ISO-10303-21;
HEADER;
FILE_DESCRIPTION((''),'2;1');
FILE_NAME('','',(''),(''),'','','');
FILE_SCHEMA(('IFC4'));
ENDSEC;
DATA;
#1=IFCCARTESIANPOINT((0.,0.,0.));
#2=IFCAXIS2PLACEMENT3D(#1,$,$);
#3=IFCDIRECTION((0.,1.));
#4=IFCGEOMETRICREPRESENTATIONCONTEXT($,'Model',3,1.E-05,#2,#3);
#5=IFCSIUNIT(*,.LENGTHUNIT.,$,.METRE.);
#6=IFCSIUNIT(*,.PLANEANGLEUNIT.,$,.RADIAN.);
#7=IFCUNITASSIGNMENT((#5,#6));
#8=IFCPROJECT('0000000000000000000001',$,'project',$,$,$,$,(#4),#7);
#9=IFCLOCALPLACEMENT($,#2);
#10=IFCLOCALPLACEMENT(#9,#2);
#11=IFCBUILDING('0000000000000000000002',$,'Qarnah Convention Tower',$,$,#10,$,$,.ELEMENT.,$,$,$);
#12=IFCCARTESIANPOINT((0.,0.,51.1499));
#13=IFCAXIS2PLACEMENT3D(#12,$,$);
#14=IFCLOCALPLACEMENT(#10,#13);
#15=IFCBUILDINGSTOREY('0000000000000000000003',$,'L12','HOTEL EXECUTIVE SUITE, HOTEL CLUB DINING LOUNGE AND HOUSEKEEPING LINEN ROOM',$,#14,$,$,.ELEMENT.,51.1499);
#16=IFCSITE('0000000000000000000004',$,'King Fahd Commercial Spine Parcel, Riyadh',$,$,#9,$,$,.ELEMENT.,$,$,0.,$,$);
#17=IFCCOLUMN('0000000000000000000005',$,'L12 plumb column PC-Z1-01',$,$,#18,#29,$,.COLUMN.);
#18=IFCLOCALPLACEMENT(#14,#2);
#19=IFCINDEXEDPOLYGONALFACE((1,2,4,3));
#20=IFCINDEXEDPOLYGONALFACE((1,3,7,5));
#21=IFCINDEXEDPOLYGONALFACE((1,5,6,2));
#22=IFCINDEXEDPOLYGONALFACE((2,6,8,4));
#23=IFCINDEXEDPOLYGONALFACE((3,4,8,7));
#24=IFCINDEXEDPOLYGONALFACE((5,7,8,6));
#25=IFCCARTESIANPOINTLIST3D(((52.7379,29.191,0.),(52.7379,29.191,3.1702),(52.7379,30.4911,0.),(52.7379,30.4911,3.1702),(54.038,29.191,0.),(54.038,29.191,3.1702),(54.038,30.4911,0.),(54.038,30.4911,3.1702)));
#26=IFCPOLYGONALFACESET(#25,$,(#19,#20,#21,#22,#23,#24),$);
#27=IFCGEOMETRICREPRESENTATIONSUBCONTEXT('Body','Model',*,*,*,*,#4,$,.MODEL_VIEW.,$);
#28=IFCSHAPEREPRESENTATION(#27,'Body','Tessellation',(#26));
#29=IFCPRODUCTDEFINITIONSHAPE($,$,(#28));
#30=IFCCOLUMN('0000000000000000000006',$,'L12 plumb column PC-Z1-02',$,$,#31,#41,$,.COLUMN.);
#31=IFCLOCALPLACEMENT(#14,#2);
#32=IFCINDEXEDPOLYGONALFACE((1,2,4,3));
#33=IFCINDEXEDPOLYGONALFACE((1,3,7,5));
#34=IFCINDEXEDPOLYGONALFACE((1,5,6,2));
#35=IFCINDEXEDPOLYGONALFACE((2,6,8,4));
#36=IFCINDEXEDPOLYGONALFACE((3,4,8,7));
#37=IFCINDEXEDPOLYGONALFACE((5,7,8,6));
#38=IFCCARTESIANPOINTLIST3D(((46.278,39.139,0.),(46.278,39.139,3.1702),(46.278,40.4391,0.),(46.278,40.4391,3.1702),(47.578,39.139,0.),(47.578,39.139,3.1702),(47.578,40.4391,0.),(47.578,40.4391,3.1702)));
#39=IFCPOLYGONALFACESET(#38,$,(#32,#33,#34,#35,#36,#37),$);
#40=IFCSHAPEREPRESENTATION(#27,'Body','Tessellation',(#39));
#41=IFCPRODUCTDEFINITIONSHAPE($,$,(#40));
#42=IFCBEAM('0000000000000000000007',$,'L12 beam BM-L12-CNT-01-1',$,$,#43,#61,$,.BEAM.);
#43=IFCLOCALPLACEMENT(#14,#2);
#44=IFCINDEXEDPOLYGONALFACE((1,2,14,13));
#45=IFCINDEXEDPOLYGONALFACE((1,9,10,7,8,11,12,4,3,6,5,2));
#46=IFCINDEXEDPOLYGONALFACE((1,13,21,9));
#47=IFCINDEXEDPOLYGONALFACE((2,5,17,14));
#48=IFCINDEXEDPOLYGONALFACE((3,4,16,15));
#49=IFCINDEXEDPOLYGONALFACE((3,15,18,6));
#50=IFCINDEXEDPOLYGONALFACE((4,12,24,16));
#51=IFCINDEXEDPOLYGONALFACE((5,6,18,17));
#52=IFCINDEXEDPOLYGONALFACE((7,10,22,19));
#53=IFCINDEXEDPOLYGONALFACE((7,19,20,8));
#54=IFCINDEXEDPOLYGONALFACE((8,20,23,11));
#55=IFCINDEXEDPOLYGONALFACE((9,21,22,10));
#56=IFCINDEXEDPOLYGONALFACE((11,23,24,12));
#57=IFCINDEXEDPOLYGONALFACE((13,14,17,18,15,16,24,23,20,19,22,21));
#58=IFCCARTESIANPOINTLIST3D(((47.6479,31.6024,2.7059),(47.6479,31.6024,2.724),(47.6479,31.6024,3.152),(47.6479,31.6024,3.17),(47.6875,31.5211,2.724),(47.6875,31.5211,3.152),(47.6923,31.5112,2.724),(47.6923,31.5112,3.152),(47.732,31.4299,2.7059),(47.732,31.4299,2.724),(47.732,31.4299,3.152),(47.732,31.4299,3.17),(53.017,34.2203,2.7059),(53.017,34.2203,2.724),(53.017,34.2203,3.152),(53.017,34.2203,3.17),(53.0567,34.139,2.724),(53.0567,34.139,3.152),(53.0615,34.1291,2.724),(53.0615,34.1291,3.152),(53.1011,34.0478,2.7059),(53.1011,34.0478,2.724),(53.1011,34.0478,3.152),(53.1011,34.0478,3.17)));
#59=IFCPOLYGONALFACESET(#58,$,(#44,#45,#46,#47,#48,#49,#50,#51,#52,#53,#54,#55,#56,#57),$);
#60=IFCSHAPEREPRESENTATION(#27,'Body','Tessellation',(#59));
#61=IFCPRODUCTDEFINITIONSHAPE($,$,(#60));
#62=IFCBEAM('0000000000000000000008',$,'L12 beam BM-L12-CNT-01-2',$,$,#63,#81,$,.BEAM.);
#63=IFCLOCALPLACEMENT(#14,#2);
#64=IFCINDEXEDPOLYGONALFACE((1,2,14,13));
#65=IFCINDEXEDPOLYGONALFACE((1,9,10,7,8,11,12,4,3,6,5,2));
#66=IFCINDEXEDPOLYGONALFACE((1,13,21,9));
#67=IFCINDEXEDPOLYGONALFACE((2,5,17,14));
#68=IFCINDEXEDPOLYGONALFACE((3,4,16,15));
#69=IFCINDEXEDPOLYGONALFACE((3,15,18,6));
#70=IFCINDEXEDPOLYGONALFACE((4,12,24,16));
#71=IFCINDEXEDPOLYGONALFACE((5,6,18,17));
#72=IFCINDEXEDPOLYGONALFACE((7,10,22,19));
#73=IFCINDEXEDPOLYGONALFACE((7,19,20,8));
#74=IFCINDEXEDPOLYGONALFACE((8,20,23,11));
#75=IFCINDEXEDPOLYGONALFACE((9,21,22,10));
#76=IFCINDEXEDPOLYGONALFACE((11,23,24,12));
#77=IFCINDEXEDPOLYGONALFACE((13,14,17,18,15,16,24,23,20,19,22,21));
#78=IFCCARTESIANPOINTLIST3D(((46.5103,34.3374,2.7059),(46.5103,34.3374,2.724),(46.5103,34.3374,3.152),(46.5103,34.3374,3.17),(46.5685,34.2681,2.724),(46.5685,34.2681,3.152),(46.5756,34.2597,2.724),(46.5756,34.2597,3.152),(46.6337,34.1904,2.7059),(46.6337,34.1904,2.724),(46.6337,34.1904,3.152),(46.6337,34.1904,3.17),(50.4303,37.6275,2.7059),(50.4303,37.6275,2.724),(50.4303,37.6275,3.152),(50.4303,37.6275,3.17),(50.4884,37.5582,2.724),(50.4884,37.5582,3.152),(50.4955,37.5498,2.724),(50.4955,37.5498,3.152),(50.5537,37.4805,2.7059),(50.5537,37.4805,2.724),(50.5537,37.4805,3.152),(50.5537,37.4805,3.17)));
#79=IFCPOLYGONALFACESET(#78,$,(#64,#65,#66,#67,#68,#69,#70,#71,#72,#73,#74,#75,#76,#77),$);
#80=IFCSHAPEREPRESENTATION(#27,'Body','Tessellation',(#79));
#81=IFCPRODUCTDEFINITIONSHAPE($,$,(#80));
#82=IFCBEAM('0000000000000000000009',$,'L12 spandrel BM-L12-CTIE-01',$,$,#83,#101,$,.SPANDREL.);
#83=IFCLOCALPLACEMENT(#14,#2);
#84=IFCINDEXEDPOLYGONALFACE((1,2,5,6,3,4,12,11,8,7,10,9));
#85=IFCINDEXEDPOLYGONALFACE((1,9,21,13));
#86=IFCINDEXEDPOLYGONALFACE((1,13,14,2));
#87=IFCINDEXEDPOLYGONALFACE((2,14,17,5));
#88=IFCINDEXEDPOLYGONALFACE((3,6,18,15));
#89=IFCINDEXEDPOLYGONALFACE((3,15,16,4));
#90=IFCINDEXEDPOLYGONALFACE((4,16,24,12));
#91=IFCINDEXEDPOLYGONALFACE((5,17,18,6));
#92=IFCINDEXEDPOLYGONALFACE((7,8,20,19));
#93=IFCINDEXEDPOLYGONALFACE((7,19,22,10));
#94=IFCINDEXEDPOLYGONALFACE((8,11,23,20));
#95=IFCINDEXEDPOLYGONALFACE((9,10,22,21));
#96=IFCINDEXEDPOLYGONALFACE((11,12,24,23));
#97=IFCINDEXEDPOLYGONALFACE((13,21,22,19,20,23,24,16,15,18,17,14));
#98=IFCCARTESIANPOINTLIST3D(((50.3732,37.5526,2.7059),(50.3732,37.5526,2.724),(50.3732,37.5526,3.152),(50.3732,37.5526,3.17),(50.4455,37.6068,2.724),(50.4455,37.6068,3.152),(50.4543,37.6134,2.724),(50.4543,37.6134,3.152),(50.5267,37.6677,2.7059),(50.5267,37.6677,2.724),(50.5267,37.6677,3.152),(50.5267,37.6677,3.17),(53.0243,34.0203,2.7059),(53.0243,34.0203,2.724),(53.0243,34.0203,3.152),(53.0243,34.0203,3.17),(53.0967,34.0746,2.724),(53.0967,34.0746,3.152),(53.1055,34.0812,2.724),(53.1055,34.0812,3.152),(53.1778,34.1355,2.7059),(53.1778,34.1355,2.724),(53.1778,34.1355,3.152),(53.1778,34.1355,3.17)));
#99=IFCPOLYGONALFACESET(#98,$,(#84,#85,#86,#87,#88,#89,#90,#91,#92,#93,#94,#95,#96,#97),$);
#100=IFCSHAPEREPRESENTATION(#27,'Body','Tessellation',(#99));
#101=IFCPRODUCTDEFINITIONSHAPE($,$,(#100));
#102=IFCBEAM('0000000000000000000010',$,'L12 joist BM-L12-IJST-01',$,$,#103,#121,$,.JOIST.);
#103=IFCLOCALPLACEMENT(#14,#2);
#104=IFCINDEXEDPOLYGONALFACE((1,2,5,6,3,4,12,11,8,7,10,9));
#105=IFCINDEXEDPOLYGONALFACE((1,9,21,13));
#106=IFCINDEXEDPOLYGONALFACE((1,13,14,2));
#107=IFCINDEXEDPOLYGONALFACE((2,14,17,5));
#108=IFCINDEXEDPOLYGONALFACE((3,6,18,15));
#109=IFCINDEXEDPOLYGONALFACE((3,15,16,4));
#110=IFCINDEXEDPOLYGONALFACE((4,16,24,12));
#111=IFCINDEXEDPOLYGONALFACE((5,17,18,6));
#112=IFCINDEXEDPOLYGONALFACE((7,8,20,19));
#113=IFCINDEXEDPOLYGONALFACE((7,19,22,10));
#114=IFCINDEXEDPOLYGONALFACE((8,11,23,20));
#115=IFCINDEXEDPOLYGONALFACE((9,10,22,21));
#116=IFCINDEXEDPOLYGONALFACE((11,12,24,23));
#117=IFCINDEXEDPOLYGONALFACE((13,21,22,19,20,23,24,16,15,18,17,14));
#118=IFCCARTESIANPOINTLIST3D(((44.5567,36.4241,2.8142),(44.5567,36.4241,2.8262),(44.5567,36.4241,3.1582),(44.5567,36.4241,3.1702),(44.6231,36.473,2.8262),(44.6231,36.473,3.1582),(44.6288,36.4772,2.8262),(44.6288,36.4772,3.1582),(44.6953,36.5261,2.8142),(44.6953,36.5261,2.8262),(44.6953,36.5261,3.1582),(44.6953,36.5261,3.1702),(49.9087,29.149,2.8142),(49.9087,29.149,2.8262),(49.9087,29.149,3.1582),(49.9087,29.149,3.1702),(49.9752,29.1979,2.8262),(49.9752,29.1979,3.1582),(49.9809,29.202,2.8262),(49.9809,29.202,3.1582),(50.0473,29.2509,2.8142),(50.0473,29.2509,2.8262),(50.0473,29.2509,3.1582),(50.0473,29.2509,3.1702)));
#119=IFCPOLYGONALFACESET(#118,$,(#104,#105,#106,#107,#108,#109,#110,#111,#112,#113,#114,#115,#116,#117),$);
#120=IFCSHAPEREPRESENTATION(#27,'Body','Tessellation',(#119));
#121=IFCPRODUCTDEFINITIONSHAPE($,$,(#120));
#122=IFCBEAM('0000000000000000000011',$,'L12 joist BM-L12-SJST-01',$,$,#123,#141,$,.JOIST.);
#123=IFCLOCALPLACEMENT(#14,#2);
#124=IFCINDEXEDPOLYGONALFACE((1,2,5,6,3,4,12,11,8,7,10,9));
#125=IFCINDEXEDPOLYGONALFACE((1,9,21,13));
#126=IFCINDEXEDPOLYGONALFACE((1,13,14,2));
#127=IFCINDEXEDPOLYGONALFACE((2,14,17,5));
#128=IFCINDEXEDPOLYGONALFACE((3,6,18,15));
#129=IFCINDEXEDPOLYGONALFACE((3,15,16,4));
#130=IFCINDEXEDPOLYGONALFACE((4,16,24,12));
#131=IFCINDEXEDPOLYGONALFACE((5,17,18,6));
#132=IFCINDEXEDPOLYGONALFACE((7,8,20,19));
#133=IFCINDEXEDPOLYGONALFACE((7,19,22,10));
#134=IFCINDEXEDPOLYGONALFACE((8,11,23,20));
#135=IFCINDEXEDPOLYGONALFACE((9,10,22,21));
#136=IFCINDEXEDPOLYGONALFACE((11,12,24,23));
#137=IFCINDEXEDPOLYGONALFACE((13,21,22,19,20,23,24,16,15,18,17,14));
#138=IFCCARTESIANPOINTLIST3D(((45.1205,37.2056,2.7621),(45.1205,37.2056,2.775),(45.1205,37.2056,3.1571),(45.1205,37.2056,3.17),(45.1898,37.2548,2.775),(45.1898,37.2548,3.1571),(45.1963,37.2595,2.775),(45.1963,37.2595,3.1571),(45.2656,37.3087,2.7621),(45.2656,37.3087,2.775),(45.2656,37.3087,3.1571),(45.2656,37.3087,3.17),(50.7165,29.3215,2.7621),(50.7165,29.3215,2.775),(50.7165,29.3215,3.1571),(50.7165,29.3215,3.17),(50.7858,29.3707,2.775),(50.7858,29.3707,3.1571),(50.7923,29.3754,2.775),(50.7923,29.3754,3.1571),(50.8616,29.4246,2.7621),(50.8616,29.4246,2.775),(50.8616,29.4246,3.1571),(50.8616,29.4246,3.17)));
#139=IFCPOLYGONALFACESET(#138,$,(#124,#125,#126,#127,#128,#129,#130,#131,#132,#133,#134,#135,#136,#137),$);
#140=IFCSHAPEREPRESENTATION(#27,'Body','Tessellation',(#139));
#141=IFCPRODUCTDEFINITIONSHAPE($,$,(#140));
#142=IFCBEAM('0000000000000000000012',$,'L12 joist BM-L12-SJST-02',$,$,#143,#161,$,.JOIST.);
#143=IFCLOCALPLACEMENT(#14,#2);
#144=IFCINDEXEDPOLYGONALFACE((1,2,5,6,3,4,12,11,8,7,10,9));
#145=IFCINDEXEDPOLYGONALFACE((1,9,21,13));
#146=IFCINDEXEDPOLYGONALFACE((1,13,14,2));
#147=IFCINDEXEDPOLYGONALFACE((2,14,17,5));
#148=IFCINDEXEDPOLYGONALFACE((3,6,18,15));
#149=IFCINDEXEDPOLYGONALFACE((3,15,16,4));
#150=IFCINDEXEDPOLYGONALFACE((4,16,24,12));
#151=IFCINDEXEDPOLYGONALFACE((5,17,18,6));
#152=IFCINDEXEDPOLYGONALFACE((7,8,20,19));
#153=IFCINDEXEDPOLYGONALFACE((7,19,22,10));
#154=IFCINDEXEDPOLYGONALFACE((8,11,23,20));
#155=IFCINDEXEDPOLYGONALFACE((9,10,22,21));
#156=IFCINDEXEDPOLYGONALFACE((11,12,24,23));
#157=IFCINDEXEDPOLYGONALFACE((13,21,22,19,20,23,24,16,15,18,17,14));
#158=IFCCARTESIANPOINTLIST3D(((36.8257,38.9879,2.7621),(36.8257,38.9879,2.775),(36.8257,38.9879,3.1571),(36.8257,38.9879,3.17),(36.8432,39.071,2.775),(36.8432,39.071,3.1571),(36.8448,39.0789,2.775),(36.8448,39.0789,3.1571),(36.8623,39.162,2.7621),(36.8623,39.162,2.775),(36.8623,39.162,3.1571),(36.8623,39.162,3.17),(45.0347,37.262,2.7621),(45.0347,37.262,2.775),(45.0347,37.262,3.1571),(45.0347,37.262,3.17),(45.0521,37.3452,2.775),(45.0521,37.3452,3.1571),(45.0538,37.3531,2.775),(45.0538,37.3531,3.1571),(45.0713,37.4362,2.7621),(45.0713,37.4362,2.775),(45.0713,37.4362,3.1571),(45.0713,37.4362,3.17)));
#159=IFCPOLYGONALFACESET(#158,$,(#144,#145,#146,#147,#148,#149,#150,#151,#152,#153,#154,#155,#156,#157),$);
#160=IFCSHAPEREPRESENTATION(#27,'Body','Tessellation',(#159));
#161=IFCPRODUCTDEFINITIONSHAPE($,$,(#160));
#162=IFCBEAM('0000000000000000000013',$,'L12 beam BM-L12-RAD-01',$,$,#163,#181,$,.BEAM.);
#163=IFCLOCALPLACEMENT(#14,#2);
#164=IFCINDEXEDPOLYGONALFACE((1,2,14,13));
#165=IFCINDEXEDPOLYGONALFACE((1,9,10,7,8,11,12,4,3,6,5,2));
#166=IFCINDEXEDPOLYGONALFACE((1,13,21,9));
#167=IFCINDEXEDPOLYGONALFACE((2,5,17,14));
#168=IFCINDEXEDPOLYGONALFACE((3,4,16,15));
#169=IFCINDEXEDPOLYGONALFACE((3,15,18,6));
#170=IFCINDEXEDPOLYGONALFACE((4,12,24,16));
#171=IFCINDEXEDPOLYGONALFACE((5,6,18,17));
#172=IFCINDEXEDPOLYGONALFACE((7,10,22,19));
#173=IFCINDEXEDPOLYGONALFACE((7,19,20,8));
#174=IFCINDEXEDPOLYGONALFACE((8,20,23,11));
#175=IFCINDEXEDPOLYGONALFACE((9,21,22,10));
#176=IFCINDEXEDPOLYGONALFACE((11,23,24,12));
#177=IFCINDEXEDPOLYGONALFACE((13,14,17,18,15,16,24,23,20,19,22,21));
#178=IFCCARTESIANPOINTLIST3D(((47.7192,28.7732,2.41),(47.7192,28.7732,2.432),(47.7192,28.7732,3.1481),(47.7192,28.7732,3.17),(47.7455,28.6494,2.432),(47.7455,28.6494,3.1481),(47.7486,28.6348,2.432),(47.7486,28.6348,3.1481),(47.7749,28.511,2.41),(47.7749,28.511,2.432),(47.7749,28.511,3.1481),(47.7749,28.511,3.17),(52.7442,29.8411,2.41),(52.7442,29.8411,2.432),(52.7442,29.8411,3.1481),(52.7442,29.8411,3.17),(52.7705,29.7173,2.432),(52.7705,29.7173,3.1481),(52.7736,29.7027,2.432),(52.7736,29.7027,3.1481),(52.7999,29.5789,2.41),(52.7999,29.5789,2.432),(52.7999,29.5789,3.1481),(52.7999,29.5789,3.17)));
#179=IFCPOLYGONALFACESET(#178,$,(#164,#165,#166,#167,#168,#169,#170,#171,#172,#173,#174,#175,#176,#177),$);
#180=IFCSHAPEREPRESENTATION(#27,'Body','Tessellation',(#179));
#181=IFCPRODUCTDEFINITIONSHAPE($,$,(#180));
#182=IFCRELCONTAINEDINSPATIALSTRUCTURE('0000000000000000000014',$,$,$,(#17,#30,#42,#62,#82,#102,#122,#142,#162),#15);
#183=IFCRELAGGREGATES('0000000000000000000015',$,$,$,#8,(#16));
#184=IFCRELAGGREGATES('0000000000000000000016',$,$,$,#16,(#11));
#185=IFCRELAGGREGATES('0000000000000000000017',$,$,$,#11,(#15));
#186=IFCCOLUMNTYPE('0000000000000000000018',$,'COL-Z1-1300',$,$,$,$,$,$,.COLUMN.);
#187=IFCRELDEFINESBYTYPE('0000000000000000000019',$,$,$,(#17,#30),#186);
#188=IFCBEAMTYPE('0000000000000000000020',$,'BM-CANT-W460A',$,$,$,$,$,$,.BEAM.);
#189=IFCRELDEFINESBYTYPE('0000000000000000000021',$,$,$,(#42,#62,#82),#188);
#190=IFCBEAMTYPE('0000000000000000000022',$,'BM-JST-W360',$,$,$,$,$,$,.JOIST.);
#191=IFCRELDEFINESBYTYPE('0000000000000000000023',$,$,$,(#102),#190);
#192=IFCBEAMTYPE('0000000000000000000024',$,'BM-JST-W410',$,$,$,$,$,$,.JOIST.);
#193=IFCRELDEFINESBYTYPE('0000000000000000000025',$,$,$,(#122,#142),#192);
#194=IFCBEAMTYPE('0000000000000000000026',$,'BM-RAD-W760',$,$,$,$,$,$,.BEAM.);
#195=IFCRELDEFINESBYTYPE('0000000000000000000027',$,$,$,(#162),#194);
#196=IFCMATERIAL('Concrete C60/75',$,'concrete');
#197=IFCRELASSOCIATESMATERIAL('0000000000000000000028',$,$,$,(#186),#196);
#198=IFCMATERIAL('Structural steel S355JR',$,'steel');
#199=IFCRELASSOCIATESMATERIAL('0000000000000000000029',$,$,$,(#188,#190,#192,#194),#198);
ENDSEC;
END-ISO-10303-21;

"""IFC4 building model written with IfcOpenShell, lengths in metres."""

from ifc_helpers import new_model, si_unit, direction, frame, origin, origin_2d, place, context, subcontext, project, spatial, rectangle, i_section, extrude, material, material_profile, profile_set, type_object, element, save


model = new_model("IFC4")

# Units and contexts
model_context = context("Model", 3, precision=1e-05, world=origin(), true_north=direction((0.0, 1.0)))
body_context = subcontext(model_context, "Body", "Model", "MODEL_VIEW")
ifc_project = project(units=[si_unit("LENGTHUNIT", "METRE"), si_unit("PLANEANGLEUNIT", "RADIAN")], contexts=[model_context])

# Site, building, storey
site_placement = place(None, origin())
site = spatial("IfcSite", under=ifc_project, at=site_placement, Name="King Fahd Commercial Spine Parcel, Riyadh", CompositionType="ELEMENT", RefElevation=0.0)
building_placement = place(site_placement, origin())
building = spatial("IfcBuilding", under=site, at=building_placement, Name="Qarnah Convention Tower", CompositionType="ELEMENT")
storey_placement = place(building_placement, frame((0.0, 0.0, 51.1499)))
storey = spatial("IfcBuildingStorey", under=building, at=storey_placement, Name="L12", Description="HOTEL EXECUTIVE SUITE, HOTEL CLUB DINING LOUNGE AND HOUSEKEEPING LINEN ROOM", CompositionType="ELEMENT", Elevation=51.1499)

# Columns
ifc_material_1 = material(Name="Concrete C60/75", Category="concrete")
ifc_material_profile_1 = material_profile(ifc_material_1, rectangle(XDim=1.3, YDim=1.3, at=origin_2d()), Name="RC-COL-1300X1300")
ifc_profile_set_1 = profile_set([ifc_material_profile_1], Name="Concrete C60/75")
column_type = type_object("IfcColumnType", Name="COL-Z1-1300", PredefinedType="COLUMN", material=ifc_profile_set_1)
for number, where, z_axis, x_axis, name in (
    (1, (53.3879, 29.8411, 0.0), (0.0, 0.0, 1.0), (1.0, 0.0, 0.0), "L12 plumb column PC-Z1-01"),
    (2, (46.928, 39.7891, 0.0), (0.0, 0.0, 1.0), (1.0, 0.0, 0.0), "L12 plumb column PC-Z1-02"),
):
    element("IfcColumn", number, at=place(storey_placement, frame(where, z_axis=z_axis, x_axis=x_axis)), inside=storey, type_object=column_type, Name=name, PredefinedType="COLUMN", context=body_context, shape_type="SweptSolid", body=[
        extrude(rectangle(XDim=1.3, YDim=1.3, at=origin_2d()), origin(), (0.0, 0.0, 1.0), 3.1702),
    ])

# Beams
ifc_material_2 = material(Name="Structural steel S355JR", Category="steel")
ifc_material_profile_2 = material_profile(ifc_material_2, i_section(OverallWidth=0.1919, OverallDepth=0.4641, WebThickness=0.011, FlangeThickness=0.0181, at=origin_2d()), Name="W460X89")
ifc_profile_set_2 = profile_set([ifc_material_profile_2], Name="Structural steel S355JR")
beam_type_1 = type_object("IfcBeamType", Name="BM-CANT-W460A", PredefinedType="BEAM", material=ifc_profile_set_2)
beam_1_placement = place(storey_placement, frame((47.6899, 31.5161, 2.938), z_axis=(0.898846, 0.438265, 0.0), x_axis=(-0.438265, 0.898846, 0.0)))
element("IfcBeam", 3, at=beam_1_placement, inside=storey, type_object=beam_type_1, Name="L12 beam BM-L12-CNT-01-1", PredefinedType="BEAM", context=body_context, shape_type="SweptSolid", body=[
    extrude(i_section(OverallWidth=0.1919, OverallDepth=0.4641, WebThickness=0.011, FlangeThickness=0.0181, at=origin_2d()), origin(), (0.0, 0.0, 1.0), 5.9734),
])
beam_2_placement = place(storey_placement, frame((46.572, 34.2639, 2.938), z_axis=(0.765964, 0.642883, 0.0), x_axis=(-0.642883, 0.765964, 0.0)))
element("IfcBeam", 4, at=beam_2_placement, inside=storey, type_object=beam_type_1, Name="L12 beam BM-L12-CNT-01-2", PredefinedType="BEAM", context=body_context, shape_type="SweptSolid", body=[
    extrude(i_section(OverallWidth=0.1919, OverallDepth=0.4641, WebThickness=0.011, FlangeThickness=0.0181, at=origin_2d()), origin(), (0.0, 0.0, 1.0), 5.1177),
])
beam_3_placement = place(storey_placement, frame((53.1011, 34.0779, 2.938), z_axis=(-0.600283, 0.799788, 0.0), x_axis=(-0.799788, -0.600283, 0.0)))
element("IfcBeam", 5, at=beam_3_placement, inside=storey, type_object=beam_type_1, Name="L12 spandrel BM-L12-CTIE-01", PredefinedType="SPANDREL", context=body_context, shape_type="SweptSolid", body=[
    extrude(i_section(OverallWidth=0.1919, OverallDepth=0.4641, WebThickness=0.011, FlangeThickness=0.0181, at=origin_2d()), origin(), (0.0, 0.0, 1.0), 4.4165),
])
ifc_material_profile_3 = material_profile(ifc_material_2, i_section(OverallWidth=0.1721, OverallDepth=0.356, WebThickness=0.0071, FlangeThickness=0.012, at=origin_2d()), Name="W360X51")
ifc_profile_set_3 = profile_set([ifc_material_profile_3], Name="Structural steel S355JR")
beam_type_2 = type_object("IfcBeamType", Name="BM-JST-W360", PredefinedType="JOIST", material=ifc_profile_set_3)
beam_4_placement = place(storey_placement, frame((49.978, 29.2, 2.9922), z_axis=(-0.592583, 0.805509, 0.0), x_axis=(-0.805509, -0.592583, 0.0)))
element("IfcBeam", 6, at=beam_4_placement, inside=storey, type_object=beam_type_2, Name="L12 joist BM-L12-IJST-01", PredefinedType="JOIST", context=body_context, shape_type="SweptSolid", body=[
    extrude(i_section(OverallWidth=0.1721, OverallDepth=0.356, WebThickness=0.0071, FlangeThickness=0.012, at=origin_2d()), origin(), (0.0, 0.0, 1.0), 9.0317),
])
ifc_material_profile_4 = material_profile(ifc_material_2, i_section(OverallWidth=0.178, OverallDepth=0.408, WebThickness=0.0081, FlangeThickness=0.0129, at=origin_2d()), Name="W410X60")
ifc_profile_set_4 = profile_set([ifc_material_profile_4], Name="Structural steel S355JR")
beam_type_3 = type_object("IfcBeamType", Name="BM-JST-W410", PredefinedType="JOIST", material=ifc_profile_set_4)
beam_5_placement = place(storey_placement, frame((50.7891, 29.373, 2.9661), z_axis=(-0.578804, 0.815467, 0.0), x_axis=(-0.815467, -0.578804, 0.0)))
element("IfcBeam", 7, at=beam_5_placement, inside=storey, type_object=beam_type_3, Name="L12 joist BM-L12-SJST-01", PredefinedType="JOIST", context=body_context, shape_type="SweptSolid", body=[
    extrude(i_section(OverallWidth=0.178, OverallDepth=0.408, WebThickness=0.0081, FlangeThickness=0.0129, at=origin_2d()), origin(), (0.0, 0.0, 1.0), 9.6682),
])
beam_6_placement = place(storey_placement, frame((45.053, 37.3491, 2.9661), z_axis=(-0.978607, 0.205739, 0.0), x_axis=(-0.205739, -0.978607, 0.0)))
element("IfcBeam", 8, at=beam_6_placement, inside=storey, type_object=beam_type_3, Name="L12 joist BM-L12-SJST-02", PredefinedType="JOIST", context=body_context, shape_type="SweptSolid", body=[
    extrude(i_section(OverallWidth=0.178, OverallDepth=0.408, WebThickness=0.0081, FlangeThickness=0.0129, at=origin_2d()), origin(), (0.0, 0.0, 1.0), 8.3884),
])
ifc_material_profile_5 = material_profile(ifc_material_2, i_section(OverallWidth=0.2681, OverallDepth=0.76, WebThickness=0.0149, FlangeThickness=0.022, at=origin_2d()), Name="W760X185")
ifc_profile_set_5 = profile_set([ifc_material_profile_5], Name="Structural steel S355JR")
beam_type_4 = type_object("IfcBeamType", Name="BM-RAD-W760", PredefinedType="BEAM", material=ifc_profile_set_5)
beam_7_placement = place(storey_placement, frame((47.7471, 28.6421, 2.79), z_axis=(0.978156, 0.207874, 0.0), x_axis=(-0.207874, 0.978156, 0.0)))
element("IfcBeam", 9, at=beam_7_placement, inside=storey, type_object=beam_type_4, Name="L12 beam BM-L12-RAD-01", PredefinedType="BEAM", context=body_context, shape_type="SweptSolid", body=[
    extrude(i_section(OverallWidth=0.2681, OverallDepth=0.76, WebThickness=0.0149, FlangeThickness=0.022, at=origin_2d()), origin(), (0.0, 0.0, 1.0), 5.1372),
])

save(model, "model.ifc")
